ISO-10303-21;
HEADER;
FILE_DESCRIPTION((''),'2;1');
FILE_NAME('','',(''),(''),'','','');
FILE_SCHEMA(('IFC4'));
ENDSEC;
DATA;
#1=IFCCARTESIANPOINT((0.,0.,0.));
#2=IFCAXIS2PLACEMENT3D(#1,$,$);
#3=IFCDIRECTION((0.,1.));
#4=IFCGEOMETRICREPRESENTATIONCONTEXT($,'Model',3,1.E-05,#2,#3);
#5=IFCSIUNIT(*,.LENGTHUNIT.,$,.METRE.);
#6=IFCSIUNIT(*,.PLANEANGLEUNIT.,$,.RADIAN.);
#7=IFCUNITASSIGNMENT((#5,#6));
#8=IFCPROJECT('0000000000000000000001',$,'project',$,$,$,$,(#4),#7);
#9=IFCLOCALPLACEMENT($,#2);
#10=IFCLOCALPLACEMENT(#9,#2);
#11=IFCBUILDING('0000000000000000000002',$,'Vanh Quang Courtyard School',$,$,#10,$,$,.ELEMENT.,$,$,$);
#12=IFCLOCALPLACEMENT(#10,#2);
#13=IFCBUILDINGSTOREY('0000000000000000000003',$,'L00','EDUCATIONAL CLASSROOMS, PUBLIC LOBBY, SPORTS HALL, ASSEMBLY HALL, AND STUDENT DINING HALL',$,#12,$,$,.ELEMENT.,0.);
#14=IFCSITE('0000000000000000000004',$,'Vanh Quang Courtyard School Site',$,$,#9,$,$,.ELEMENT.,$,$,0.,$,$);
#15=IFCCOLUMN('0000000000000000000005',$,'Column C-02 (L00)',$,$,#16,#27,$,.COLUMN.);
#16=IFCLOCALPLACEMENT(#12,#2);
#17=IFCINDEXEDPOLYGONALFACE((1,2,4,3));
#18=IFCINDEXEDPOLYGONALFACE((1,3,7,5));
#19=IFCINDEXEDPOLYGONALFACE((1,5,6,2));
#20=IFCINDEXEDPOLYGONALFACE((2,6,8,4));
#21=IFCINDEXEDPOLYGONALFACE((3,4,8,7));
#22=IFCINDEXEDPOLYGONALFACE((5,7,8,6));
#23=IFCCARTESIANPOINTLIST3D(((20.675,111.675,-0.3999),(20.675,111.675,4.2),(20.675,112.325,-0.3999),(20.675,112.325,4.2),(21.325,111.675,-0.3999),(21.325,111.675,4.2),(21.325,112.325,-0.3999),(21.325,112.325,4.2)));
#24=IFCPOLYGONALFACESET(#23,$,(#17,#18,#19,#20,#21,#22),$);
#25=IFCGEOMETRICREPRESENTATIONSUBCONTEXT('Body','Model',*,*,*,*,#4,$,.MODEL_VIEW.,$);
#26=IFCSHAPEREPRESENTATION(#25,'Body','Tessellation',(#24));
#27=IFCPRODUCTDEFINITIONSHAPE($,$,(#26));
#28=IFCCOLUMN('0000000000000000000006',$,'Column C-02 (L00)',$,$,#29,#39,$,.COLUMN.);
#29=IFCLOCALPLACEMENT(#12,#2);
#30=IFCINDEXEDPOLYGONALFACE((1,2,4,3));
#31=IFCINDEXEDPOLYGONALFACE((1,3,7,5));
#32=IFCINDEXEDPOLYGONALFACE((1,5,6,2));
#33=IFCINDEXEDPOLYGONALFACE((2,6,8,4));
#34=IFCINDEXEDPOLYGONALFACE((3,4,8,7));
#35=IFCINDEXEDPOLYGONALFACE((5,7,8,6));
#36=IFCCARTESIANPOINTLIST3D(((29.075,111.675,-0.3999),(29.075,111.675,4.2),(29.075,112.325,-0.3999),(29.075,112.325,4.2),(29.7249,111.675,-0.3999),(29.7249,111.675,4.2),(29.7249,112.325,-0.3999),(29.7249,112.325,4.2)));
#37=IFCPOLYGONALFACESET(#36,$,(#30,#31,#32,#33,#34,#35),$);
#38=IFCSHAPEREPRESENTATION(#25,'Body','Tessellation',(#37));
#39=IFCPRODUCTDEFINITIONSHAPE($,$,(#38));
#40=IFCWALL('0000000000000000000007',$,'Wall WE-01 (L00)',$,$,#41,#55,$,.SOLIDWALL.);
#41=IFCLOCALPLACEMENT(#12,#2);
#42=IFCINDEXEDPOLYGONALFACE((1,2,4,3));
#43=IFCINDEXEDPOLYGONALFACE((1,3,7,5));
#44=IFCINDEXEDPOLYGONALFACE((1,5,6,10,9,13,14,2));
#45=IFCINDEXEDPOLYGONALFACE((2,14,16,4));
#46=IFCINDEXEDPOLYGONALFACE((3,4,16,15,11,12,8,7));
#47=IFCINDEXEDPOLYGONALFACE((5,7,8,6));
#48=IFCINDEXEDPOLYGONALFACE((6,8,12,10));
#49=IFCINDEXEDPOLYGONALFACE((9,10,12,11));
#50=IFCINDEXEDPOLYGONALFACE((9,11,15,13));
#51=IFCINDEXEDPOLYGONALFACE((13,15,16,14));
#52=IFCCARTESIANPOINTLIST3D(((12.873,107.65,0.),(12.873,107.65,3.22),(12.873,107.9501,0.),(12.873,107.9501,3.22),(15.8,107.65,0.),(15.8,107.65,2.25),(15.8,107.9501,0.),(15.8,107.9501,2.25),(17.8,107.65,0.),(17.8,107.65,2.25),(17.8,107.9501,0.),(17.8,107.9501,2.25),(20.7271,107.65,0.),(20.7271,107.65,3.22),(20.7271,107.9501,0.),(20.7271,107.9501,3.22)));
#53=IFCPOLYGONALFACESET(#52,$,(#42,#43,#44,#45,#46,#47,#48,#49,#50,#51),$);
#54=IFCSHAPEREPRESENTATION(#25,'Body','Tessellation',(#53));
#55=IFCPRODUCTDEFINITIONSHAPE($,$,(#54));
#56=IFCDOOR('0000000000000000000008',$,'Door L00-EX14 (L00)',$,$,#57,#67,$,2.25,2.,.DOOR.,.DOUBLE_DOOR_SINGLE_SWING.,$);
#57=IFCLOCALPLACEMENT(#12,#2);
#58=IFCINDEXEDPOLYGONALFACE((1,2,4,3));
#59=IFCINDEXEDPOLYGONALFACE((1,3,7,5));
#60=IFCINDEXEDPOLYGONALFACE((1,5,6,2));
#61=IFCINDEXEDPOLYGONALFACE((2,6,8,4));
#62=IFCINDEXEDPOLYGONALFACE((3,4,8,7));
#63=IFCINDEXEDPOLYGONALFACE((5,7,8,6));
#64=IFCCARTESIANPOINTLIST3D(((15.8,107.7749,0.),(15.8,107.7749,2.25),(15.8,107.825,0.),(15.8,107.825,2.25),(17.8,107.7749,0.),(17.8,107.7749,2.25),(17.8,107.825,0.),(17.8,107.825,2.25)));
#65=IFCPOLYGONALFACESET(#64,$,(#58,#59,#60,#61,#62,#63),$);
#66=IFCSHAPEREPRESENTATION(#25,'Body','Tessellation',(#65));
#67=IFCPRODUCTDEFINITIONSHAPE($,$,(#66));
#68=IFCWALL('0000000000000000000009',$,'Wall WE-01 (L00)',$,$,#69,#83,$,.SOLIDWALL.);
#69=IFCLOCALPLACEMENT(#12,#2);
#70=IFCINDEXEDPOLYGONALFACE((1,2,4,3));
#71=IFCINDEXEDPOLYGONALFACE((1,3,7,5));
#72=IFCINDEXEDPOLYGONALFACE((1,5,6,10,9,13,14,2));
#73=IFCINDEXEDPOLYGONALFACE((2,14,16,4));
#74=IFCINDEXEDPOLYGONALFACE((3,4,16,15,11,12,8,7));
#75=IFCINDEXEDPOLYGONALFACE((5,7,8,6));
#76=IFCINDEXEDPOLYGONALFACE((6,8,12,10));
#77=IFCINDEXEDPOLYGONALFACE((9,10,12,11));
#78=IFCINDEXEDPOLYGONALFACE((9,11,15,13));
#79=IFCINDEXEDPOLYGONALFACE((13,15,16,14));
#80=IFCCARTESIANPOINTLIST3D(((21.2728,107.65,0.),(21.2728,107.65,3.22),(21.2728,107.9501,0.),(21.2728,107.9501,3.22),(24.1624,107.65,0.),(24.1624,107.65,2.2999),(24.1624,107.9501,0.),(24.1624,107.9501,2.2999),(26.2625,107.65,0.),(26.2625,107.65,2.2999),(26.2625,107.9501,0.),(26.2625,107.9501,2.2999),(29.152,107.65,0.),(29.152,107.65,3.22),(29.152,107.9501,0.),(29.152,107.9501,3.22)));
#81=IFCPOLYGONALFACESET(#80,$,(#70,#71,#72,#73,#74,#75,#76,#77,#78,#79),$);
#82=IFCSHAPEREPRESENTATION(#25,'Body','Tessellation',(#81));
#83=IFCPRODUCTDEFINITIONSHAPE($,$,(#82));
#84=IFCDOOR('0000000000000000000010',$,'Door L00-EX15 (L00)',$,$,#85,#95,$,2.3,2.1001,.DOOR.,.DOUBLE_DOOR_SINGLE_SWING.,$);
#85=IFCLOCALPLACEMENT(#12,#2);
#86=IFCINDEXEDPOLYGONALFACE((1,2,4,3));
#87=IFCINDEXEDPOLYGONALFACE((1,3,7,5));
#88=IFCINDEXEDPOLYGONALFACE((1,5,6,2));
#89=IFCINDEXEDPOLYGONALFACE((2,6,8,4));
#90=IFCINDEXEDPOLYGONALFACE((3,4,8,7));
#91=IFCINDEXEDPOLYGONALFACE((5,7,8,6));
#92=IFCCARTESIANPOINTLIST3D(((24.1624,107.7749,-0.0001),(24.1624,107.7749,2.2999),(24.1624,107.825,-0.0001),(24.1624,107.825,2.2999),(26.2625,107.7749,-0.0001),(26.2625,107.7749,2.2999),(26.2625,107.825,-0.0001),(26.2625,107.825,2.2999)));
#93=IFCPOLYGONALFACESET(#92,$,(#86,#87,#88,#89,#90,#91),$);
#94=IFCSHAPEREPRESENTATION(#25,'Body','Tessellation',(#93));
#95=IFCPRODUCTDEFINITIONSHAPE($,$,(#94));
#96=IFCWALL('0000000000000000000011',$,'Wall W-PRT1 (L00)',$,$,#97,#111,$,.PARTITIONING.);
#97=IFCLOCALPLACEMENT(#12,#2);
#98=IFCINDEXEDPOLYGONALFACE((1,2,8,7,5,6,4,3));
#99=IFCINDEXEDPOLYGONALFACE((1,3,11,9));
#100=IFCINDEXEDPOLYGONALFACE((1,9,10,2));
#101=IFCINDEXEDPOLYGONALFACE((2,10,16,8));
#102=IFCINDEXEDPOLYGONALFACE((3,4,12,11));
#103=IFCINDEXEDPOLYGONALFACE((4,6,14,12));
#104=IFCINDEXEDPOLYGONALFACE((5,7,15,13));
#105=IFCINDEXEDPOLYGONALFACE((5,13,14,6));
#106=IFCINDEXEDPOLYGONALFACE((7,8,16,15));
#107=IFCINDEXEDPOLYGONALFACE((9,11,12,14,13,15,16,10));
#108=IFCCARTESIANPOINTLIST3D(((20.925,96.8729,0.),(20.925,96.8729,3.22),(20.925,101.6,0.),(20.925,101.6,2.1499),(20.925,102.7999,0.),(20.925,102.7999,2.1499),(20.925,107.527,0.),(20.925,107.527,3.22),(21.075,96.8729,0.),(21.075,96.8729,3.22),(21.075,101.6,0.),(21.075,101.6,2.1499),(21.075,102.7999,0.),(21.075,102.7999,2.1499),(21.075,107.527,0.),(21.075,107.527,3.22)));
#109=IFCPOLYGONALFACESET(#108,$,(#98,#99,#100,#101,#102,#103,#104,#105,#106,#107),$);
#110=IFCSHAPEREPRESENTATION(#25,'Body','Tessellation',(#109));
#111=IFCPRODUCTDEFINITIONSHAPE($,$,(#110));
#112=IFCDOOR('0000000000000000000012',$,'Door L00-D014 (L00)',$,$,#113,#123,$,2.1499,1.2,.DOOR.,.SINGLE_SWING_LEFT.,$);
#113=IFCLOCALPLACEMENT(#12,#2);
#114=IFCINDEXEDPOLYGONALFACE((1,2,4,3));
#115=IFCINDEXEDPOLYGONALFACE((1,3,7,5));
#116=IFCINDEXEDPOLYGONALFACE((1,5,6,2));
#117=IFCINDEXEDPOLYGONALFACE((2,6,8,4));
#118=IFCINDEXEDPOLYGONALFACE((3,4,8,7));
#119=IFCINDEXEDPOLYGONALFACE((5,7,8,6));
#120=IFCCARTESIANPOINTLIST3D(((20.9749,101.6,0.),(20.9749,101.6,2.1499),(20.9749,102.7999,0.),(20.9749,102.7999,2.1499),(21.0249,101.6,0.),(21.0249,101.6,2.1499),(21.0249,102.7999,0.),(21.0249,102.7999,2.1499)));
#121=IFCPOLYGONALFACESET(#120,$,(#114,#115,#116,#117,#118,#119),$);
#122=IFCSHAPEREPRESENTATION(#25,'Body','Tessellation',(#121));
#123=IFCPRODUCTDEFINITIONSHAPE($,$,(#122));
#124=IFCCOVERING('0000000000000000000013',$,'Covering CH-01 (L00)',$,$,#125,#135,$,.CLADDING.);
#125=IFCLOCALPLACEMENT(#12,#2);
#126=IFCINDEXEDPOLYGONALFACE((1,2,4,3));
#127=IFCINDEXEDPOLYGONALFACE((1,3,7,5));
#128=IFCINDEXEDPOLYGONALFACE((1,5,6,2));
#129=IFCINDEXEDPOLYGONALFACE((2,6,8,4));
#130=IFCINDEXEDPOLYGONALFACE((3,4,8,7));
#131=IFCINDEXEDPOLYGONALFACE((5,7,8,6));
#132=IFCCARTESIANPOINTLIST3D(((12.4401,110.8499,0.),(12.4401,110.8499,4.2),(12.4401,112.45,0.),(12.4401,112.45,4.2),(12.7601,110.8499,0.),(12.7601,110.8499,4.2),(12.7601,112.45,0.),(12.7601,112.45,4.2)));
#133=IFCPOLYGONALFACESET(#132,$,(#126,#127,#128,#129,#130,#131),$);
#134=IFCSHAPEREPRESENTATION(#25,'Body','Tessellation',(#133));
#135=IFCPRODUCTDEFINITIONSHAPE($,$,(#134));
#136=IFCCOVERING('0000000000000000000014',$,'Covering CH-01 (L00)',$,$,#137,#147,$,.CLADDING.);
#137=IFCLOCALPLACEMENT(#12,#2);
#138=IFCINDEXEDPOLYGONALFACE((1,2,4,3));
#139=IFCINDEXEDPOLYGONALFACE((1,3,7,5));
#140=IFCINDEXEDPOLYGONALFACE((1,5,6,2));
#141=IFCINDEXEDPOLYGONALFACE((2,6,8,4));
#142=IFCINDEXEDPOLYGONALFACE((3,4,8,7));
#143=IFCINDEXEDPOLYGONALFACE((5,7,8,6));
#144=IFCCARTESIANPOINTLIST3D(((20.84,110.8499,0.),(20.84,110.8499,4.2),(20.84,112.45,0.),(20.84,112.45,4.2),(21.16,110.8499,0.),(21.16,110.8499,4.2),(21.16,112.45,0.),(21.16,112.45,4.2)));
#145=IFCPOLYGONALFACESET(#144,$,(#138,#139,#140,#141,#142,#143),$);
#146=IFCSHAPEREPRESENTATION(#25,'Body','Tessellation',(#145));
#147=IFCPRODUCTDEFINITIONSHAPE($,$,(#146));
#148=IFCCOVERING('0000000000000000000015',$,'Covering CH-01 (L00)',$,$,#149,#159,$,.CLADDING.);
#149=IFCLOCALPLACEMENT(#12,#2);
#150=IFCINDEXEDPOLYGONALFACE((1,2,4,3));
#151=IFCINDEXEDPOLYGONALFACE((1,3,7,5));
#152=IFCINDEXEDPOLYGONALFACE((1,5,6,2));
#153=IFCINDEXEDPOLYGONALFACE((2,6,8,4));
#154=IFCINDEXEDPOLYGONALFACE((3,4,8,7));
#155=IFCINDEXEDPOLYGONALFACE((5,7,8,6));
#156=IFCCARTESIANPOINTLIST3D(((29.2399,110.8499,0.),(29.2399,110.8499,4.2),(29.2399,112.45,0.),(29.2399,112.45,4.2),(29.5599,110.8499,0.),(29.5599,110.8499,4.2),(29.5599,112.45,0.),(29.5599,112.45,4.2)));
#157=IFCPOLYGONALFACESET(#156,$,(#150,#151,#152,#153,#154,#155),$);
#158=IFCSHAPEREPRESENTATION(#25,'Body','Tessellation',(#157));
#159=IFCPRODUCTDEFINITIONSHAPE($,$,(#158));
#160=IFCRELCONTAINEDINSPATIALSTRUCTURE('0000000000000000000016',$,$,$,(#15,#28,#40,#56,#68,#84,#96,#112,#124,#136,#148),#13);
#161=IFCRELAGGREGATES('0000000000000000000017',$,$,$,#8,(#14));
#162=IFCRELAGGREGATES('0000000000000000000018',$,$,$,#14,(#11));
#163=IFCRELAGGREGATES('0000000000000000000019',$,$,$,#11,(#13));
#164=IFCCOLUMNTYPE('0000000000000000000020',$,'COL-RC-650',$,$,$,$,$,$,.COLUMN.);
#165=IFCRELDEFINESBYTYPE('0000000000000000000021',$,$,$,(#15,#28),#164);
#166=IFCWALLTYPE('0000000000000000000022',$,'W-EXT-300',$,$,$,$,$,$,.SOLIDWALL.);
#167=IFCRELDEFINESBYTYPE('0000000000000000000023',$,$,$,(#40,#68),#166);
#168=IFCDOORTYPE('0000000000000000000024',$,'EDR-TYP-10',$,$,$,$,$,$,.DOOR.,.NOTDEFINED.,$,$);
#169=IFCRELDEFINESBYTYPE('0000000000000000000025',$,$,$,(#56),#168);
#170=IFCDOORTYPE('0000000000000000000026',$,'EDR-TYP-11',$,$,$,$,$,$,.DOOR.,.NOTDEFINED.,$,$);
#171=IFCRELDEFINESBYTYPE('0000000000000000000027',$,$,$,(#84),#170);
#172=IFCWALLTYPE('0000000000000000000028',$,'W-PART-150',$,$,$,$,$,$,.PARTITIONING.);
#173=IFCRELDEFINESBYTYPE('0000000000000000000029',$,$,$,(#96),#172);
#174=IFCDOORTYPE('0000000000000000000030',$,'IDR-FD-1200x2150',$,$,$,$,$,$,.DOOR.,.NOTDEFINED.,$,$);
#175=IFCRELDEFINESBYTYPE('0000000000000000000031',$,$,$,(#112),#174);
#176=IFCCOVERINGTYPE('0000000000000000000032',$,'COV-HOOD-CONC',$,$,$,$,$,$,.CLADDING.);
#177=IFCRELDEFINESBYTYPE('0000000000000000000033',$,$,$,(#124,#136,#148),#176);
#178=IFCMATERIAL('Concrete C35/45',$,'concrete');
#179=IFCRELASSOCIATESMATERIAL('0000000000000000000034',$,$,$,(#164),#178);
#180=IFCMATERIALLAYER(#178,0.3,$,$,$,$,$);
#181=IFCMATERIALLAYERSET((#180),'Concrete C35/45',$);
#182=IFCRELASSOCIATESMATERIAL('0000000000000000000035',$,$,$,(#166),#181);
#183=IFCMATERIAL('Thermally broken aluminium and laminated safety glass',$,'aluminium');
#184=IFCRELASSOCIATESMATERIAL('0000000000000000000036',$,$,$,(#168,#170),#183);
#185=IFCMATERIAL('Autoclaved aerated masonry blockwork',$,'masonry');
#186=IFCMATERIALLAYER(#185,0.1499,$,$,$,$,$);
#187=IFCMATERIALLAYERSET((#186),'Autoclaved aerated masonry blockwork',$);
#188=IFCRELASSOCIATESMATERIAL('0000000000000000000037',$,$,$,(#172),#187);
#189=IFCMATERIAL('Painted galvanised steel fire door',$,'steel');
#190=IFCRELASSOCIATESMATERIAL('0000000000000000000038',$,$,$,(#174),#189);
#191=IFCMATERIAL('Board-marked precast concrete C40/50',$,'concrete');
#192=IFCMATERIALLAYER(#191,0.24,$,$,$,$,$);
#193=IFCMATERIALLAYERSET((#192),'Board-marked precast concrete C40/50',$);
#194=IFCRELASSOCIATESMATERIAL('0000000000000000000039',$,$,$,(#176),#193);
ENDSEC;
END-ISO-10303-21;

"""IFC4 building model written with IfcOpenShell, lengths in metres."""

from ifc_helpers import new_model, si_unit, direction, frame, frame_2d, origin, origin_2d, place, context, subcontext, project, spatial, rectangle, extrude, material, layer, layer_set, material_profile, profile_set, type_object, element, fill, save


model = new_model("IFC4")

# Units and contexts
model_context = context("Model", 3, precision=1e-05, world=origin(), true_north=direction((0.0, 1.0)))
body_context = subcontext(model_context, "Body", "Model", "MODEL_VIEW")
ifc_project = project(units=[si_unit("LENGTHUNIT", "METRE"), si_unit("PLANEANGLEUNIT", "RADIAN")], contexts=[model_context])

# Site, building, storey
site_placement = place(None, origin())
site = spatial("IfcSite", under=ifc_project, at=site_placement, Name="Vanh Quang Courtyard School Site", CompositionType="ELEMENT", RefElevation=0.0)
building_placement = place(site_placement, origin())
building = spatial("IfcBuilding", under=site, at=building_placement, Name="Vanh Quang Courtyard School", CompositionType="ELEMENT")
storey_placement = place(building_placement, origin())
storey = spatial("IfcBuildingStorey", under=building, at=storey_placement, Name="L00", Description="EDUCATIONAL CLASSROOMS, PUBLIC LOBBY, SPORTS HALL, ASSEMBLY HALL, AND STUDENT DINING HALL", CompositionType="ELEMENT", Elevation=0.0)

# Shared definitions
ifc_material_1 = material(Name="Concrete C35/45", Category="concrete")

# Columns
ifc_material_profile_1 = material_profile(ifc_material_1, rectangle(XDim=0.6499, YDim=0.6499, at=origin_2d()), Name="RC-COL 650x650")
ifc_profile_set_1 = profile_set([ifc_material_profile_1], Name="Concrete C35/45")
column_type_1 = type_object("IfcColumnType", Name="COL-RC-650", PredefinedType="COLUMN", material=ifc_profile_set_1)
for number, where, z_axis, x_axis, name in (
    (1, (21.0, 112.0, -0.3999), (0.0, 0.0, 1.0), (1.0, 0.0, 0.0), "Column C-02 (L00)"),
    (2, (29.3999, 112.0, -0.3999), (0.0, 0.0, 1.0), (1.0, 0.0, 0.0), "Column C-02 (L00)"),
):
    element("IfcColumn", number, at=place(storey_placement, frame(where, z_axis=z_axis, x_axis=x_axis)), inside=storey, type_object=column_type_1, Name=name, PredefinedType="COLUMN", context=body_context, shape_type="SweptSolid", body=[
        extrude(rectangle(XDim=0.6499, YDim=0.6499, at=origin_2d()), origin(), (0.0, 0.0, 1.0), 4.5999),
    ])

# Walls, openings, doors
ifc_layer_1 = layer(ifc_material_1, 0.3)
ifc_layer_set_1 = layer_set([ifc_layer_1], Name="Concrete C35/45")
wall_type_1 = type_object("IfcWallType", Name="W-EXT-300", PredefinedType="SOLIDWALL", material=ifc_layer_set_1)
wall_1_placement = place(storey_placement, frame((12.873, 107.8, 0.0), z_axis=(0.0, 0.0, 1.0), x_axis=(1.0, 0.0, 0.0)))
wall_1 = element("IfcWall", 3, at=wall_1_placement, inside=storey, type_object=wall_type_1, Name="Wall WE-01 (L00)", PredefinedType="SOLIDWALL", context=body_context, shape_type="SweptSolid", body=[
    extrude(rectangle(XDim=7.854, YDim=0.3, at=frame_2d((3.927, 0.0))), origin(), (0.0, 0.0, 1.0), 3.22),
])
opening_1_placement = place(wall_1_placement, frame((2.927, 0.0, 0.0)))
opening_1 = element("IfcOpeningElement", 4, at=opening_1_placement, cuts=wall_1, PredefinedType="OPENING", context=body_context, shape_type="SweptSolid", body=[
    extrude(rectangle(XDim=2.0, YDim=2.25, at=frame_2d((1.0, 1.125))), frame((0.0, 0.1602, 0.0), z_axis=(0.0, -1.0, 0.0), x_axis=(1.0, 0.0, 0.0)), (0.0, 0.0, 1.0), 0.3201),
])
ifc_material_2 = material(Name="Thermally broken aluminium and laminated safety glass", Category="aluminium")
door_type_1 = type_object("IfcDoorType", Name="EDR-TYP-10", OperationType="NOTDEFINED", PredefinedType="DOOR", material=ifc_material_2)
door_1_placement = place(opening_1_placement, origin())
door_1 = element("IfcDoor", 5, at=door_1_placement, inside=storey, type_object=door_type_1, Name="Door L00-EX14 (L00)", OperationType="DOUBLE_DOOR_SINGLE_SWING", OverallHeight=2.25, OverallWidth=2.0, PredefinedType="DOOR", context=body_context, shape_type="SweptSolid", body=[
    extrude(rectangle(XDim=2.0, YDim=2.25, at=frame_2d((1.0, 1.125))), frame((0.0, 0.0249, 0.0), z_axis=(0.0, -1.0, 0.0), x_axis=(1.0, 0.0, 0.0)), (0.0, 0.0, 1.0), 0.05),
])
fill(opening_1, door_1)
wall_2_placement = place(storey_placement, frame((21.2729, 107.8, 0.0), z_axis=(0.0, 0.0, 1.0), x_axis=(1.0, 0.0, 0.0)))
wall_2 = element("IfcWall", 6, at=wall_2_placement, inside=storey, type_object=wall_type_1, Name="Wall WE-01 (L00)", PredefinedType="SOLIDWALL", context=body_context, shape_type="SweptSolid", body=[
    extrude(rectangle(XDim=7.8792, YDim=0.3, at=frame_2d((3.9395, 0.0))), origin(), (0.0, 0.0, 1.0), 3.22),
])
opening_2_placement = place(wall_2_placement, frame((2.8894, 0.0, 0.0)))
opening_2 = element("IfcOpeningElement", 7, at=opening_2_placement, cuts=wall_2, PredefinedType="OPENING", context=body_context, shape_type="SweptSolid", body=[
    extrude(rectangle(XDim=2.1001, YDim=2.3, at=frame_2d((1.05, 1.1499))), frame((0.0, 0.1602, 0.0), z_axis=(0.0, -1.0, 0.0), x_axis=(1.0, 0.0, 0.0)), (0.0, 0.0, 1.0), 0.3201),
])
door_type_2 = type_object("IfcDoorType", Name="EDR-TYP-11", OperationType="NOTDEFINED", PredefinedType="DOOR", material=ifc_material_2)
door_2_placement = place(opening_2_placement, origin())
door_2 = element("IfcDoor", 8, at=door_2_placement, inside=storey, type_object=door_type_2, Name="Door L00-EX15 (L00)", OperationType="DOUBLE_DOOR_SINGLE_SWING", OverallHeight=2.3, OverallWidth=2.1001, PredefinedType="DOOR", context=body_context, shape_type="SweptSolid", body=[
    extrude(rectangle(XDim=2.1001, YDim=2.3, at=frame_2d((1.05, 1.1499))), frame((0.0, 0.0249, 0.0), z_axis=(0.0, -1.0, 0.0), x_axis=(1.0, 0.0, 0.0)), (0.0, 0.0, 1.0), 0.05),
])
fill(opening_2, door_2)
ifc_material_3 = material(Name="Autoclaved aerated masonry blockwork", Category="masonry")
ifc_layer_2 = layer(ifc_material_3, 0.1499)
ifc_layer_set_2 = layer_set([ifc_layer_2], Name="Autoclaved aerated masonry blockwork")
wall_type_2 = type_object("IfcWallType", Name="W-PART-150", PredefinedType="PARTITIONING", material=ifc_layer_set_2)
wall_3_placement = place(storey_placement, frame((21.0, 107.5271, 0.0), z_axis=(0.0, 0.0, 1.0), x_axis=(0.0, -1.0, 0.0)))
wall_3 = element("IfcWall", 9, at=wall_3_placement, inside=storey, type_object=wall_type_2, Name="Wall W-PRT1 (L00)", PredefinedType="PARTITIONING", context=body_context, shape_type="SweptSolid", body=[
    extrude(rectangle(XDim=10.6541, YDim=0.1499, at=frame_2d((5.3271, 0.0))), origin(), (0.0, 0.0, 1.0), 3.22),
])
opening_3_placement = place(wall_3_placement, frame((4.7271, 0.0, 0.0)))
opening_3 = element("IfcOpeningElement", 10, at=opening_3_placement, cuts=wall_3, PredefinedType="OPENING", context=body_context, shape_type="SweptSolid", body=[
    extrude(rectangle(XDim=1.2, YDim=2.1499, at=frame_2d((0.6001, 1.075))), frame((0.0, 0.085, 0.0), z_axis=(0.0, -1.0, 0.0), x_axis=(1.0, 0.0, 0.0)), (0.0, 0.0, 1.0), 0.1699),
])
ifc_material_4 = material(Name="Painted galvanised steel fire door", Category="steel")
door_type_3 = type_object("IfcDoorType", Name="IDR-FD-1200x2150", OperationType="NOTDEFINED", PredefinedType="DOOR", material=ifc_material_4)
door_3_placement = place(opening_3_placement, origin())
door_3 = element("IfcDoor", 11, at=door_3_placement, inside=storey, type_object=door_type_3, Name="Door L00-D014 (L00)", OperationType="SINGLE_SWING_LEFT", OverallHeight=2.1499, OverallWidth=1.2, PredefinedType="DOOR", context=body_context, shape_type="SweptSolid", body=[
    extrude(rectangle(XDim=1.2, YDim=2.1499, at=frame_2d((0.6001, 1.075))), frame((0.0, 0.0249, 0.0), z_axis=(0.0, -1.0, 0.0), x_axis=(1.0, 0.0, 0.0)), (0.0, 0.0, 1.0), 0.05),
])
fill(opening_3, door_3)

# Coverings
ifc_material_5 = material(Name="Board-marked precast concrete C40/50", Category="concrete")
ifc_layer_3 = layer(ifc_material_5, 0.24)
ifc_layer_set_3 = layer_set([ifc_layer_3], Name="Board-marked precast concrete C40/50")
covering_type = type_object("IfcCoveringType", Name="COV-HOOD-CONC", PredefinedType="CLADDING", material=ifc_layer_set_3)
for number, where, z_axis, x_axis, name in (
    (12, (12.6001, 111.6499, 0.0), (0.0, 0.0, 1.0), (0.0, 1.0, 0.0), "Covering CH-01 (L00)"),
    (13, (21.0, 111.6499, 0.0), (0.0, 0.0, 1.0), (0.0, 1.0, 0.0), "Covering CH-01 (L00)"),
    (14, (29.3999, 111.6499, 0.0), (0.0, 0.0, 1.0), (0.0, 1.0, 0.0), "Covering CH-01 (L00)"),
):
    element("IfcCovering", number, at=place(storey_placement, frame(where, z_axis=z_axis, x_axis=x_axis)), inside=storey, type_object=covering_type, Name=name, PredefinedType="CLADDING", context=body_context, shape_type="SweptSolid", body=[
        extrude(rectangle(XDim=1.6001, YDim=0.3201, at=origin_2d()), origin(), (0.0, 0.0, 1.0), 4.2),
    ])

save(model, "model.ifc")
